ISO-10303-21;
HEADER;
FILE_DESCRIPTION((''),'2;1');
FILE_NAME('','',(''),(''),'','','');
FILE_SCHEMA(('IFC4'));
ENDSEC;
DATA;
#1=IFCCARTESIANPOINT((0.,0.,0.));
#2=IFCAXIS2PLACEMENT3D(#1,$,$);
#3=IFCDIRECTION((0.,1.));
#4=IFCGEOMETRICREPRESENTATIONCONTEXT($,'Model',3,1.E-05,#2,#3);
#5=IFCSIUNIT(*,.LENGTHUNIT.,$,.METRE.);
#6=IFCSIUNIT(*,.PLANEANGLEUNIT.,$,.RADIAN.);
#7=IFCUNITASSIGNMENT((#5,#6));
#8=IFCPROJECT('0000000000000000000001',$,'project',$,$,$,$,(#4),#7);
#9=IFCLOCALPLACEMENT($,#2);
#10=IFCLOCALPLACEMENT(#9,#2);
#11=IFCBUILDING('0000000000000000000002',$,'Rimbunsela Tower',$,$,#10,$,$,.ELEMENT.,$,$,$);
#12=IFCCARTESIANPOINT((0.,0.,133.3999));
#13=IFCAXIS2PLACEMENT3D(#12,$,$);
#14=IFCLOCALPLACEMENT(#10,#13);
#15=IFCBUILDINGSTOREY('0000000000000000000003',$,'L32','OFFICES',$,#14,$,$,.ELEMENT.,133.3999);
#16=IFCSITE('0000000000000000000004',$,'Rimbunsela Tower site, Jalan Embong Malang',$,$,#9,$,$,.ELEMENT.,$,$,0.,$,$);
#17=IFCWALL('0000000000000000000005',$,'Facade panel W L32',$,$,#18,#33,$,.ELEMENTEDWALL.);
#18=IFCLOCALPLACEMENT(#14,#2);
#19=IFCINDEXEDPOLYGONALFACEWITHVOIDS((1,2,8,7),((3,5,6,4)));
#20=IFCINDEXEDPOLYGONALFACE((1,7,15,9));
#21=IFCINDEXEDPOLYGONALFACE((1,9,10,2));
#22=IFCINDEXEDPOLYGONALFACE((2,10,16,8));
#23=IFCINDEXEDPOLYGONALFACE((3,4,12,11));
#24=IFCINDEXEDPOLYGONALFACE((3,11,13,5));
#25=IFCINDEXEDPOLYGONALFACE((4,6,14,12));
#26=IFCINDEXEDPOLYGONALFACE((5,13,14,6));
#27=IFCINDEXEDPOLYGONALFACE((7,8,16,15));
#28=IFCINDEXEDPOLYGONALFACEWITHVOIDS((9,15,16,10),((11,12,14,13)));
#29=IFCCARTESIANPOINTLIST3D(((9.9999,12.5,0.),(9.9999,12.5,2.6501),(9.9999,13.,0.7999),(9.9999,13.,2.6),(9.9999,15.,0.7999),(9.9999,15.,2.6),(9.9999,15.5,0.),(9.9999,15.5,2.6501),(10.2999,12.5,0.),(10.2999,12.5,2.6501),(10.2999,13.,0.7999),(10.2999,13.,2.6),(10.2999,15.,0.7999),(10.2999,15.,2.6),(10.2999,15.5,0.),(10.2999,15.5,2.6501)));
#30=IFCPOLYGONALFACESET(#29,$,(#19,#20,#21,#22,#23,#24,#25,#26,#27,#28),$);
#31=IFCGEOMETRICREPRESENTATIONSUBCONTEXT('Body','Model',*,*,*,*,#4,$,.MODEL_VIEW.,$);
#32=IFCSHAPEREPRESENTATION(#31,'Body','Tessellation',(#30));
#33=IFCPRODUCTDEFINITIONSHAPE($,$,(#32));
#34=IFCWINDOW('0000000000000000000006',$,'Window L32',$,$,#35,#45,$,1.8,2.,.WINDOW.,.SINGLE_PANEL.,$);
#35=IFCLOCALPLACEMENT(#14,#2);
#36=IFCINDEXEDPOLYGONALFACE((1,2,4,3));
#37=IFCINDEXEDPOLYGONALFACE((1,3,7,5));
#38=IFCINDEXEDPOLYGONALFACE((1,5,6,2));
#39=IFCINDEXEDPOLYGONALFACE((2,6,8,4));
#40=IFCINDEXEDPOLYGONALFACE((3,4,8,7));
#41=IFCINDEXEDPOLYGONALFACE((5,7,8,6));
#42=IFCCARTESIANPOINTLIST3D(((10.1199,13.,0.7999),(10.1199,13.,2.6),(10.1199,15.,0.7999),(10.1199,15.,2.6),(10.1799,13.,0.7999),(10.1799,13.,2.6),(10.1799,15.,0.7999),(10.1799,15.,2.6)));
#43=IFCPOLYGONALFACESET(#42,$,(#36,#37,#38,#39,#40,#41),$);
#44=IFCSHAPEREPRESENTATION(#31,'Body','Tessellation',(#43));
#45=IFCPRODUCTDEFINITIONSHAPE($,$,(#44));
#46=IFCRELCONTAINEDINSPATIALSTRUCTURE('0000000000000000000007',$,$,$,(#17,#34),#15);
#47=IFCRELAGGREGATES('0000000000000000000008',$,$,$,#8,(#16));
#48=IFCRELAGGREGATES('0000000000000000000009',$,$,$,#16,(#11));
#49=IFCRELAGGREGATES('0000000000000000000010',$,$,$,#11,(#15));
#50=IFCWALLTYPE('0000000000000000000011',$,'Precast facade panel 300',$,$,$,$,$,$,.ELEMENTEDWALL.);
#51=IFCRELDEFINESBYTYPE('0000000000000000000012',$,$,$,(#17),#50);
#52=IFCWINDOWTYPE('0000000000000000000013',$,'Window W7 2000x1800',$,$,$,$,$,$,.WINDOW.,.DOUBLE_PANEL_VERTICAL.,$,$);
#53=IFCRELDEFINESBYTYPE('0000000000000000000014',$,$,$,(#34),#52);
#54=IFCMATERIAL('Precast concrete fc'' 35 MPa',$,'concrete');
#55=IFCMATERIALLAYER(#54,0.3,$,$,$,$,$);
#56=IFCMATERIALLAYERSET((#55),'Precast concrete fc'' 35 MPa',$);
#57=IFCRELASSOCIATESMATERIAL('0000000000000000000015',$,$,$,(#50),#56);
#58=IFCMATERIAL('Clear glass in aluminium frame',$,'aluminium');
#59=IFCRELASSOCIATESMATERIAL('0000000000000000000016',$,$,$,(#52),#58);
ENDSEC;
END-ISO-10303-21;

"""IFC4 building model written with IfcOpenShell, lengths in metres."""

from ifc_helpers import new_model, si_unit, direction, frame, frame_2d, origin, place, context, subcontext, project, spatial, rectangle, extrude, material, layer, layer_set, type_object, element, fill, save


model = new_model("IFC4")

# Units and contexts
model_context = context("Model", 3, precision=1e-05, world=origin(), true_north=direction((0.0, 1.0)))
body_context = subcontext(model_context, "Body", "Model", "MODEL_VIEW")
ifc_project = project(units=[si_unit("LENGTHUNIT", "METRE"), si_unit("PLANEANGLEUNIT", "RADIAN")], contexts=[model_context])

# Site, building, storey
site_placement = place(None, origin())
site = spatial("IfcSite", under=ifc_project, at=site_placement, Name="Rimbunsela Tower site, Jalan Embong Malang", CompositionType="ELEMENT", RefElevation=0.0)
building_placement = place(site_placement, origin())
building = spatial("IfcBuilding", under=site, at=building_placement, Name="Rimbunsela Tower", CompositionType="ELEMENT")
storey_placement = place(building_placement, frame((0.0, 0.0, 133.3999)))
storey = spatial("IfcBuildingStorey", under=building, at=storey_placement, Name="L32", Description="OFFICES", CompositionType="ELEMENT", Elevation=133.3999)

# Shared definitions
ifc_material_1 = material(Name="Precast concrete fc' 35 MPa", Category="concrete")
ifc_layer_1 = layer(ifc_material_1, 0.3)
ifc_layer_set_1 = layer_set([ifc_layer_1], Name="Precast concrete fc' 35 MPa")
wall_type = type_object("IfcWallType", Name="Precast facade panel 300", PredefinedType="ELEMENTEDWALL", material=ifc_layer_set_1)

# Wall, opening, window
ifc_material_2 = material(Name="Clear glass in aluminium frame", Category="aluminium")
window_type = type_object("IfcWindowType", Name="Window W7 2000x1800", PartitioningType="DOUBLE_PANEL_VERTICAL", PredefinedType="WINDOW", material=ifc_material_2)
wall_1_placement = place(storey_placement, frame((10.1499, 15.5, 0.0), z_axis=(0.0, 0.0, 1.0), x_axis=(0.0, -1.0, 0.0)))
wall_1 = element("IfcWall", 1, at=wall_1_placement, inside=storey, type_object=wall_type, Name="Facade panel W L32", PredefinedType="ELEMENTEDWALL", context=body_context, shape_type="SweptSolid", body=[
    extrude(rectangle(XDim=3.0, YDim=0.3, at=frame_2d((1.5, 0.0))), origin(), (0.0, 0.0, 1.0), 2.6501),
])
opening_1_placement = place(wall_1_placement, frame((0.5, 0.0, 0.8)))
opening_1 = element("IfcOpeningElement", 2, at=opening_1_placement, cuts=wall_1, PredefinedType="OPENING", context=body_context, shape_type="SweptSolid", body=[
    extrude(rectangle(XDim=2.0, YDim=1.8, at=frame_2d((1.0, 0.8999))), frame((0.0, 0.1599, 0.0), z_axis=(0.0, -1.0, 0.0), x_axis=(1.0, 0.0, 0.0)), (0.0, 0.0, 1.0), 0.3201),
])
window_1_placement = place(opening_1_placement, origin())
window_1 = element("IfcWindow", 3, at=window_1_placement, inside=storey, type_object=window_type, Name="Window L32", OverallHeight=1.8, OverallWidth=2.0, PartitioningType="SINGLE_PANEL", PredefinedType="WINDOW", context=body_context, shape_type="SweptSolid", body=[
    extrude(rectangle(XDim=2.0, YDim=1.8, at=frame_2d((1.0, 0.8999))), frame((0.0, 0.03, 0.0), z_axis=(0.0, -1.0, 0.0), x_axis=(1.0, 0.0, 0.0)), (0.0, 0.0, 1.0), 0.0601),
])
fill(opening_1, window_1)

save(model, "model.ifc")
